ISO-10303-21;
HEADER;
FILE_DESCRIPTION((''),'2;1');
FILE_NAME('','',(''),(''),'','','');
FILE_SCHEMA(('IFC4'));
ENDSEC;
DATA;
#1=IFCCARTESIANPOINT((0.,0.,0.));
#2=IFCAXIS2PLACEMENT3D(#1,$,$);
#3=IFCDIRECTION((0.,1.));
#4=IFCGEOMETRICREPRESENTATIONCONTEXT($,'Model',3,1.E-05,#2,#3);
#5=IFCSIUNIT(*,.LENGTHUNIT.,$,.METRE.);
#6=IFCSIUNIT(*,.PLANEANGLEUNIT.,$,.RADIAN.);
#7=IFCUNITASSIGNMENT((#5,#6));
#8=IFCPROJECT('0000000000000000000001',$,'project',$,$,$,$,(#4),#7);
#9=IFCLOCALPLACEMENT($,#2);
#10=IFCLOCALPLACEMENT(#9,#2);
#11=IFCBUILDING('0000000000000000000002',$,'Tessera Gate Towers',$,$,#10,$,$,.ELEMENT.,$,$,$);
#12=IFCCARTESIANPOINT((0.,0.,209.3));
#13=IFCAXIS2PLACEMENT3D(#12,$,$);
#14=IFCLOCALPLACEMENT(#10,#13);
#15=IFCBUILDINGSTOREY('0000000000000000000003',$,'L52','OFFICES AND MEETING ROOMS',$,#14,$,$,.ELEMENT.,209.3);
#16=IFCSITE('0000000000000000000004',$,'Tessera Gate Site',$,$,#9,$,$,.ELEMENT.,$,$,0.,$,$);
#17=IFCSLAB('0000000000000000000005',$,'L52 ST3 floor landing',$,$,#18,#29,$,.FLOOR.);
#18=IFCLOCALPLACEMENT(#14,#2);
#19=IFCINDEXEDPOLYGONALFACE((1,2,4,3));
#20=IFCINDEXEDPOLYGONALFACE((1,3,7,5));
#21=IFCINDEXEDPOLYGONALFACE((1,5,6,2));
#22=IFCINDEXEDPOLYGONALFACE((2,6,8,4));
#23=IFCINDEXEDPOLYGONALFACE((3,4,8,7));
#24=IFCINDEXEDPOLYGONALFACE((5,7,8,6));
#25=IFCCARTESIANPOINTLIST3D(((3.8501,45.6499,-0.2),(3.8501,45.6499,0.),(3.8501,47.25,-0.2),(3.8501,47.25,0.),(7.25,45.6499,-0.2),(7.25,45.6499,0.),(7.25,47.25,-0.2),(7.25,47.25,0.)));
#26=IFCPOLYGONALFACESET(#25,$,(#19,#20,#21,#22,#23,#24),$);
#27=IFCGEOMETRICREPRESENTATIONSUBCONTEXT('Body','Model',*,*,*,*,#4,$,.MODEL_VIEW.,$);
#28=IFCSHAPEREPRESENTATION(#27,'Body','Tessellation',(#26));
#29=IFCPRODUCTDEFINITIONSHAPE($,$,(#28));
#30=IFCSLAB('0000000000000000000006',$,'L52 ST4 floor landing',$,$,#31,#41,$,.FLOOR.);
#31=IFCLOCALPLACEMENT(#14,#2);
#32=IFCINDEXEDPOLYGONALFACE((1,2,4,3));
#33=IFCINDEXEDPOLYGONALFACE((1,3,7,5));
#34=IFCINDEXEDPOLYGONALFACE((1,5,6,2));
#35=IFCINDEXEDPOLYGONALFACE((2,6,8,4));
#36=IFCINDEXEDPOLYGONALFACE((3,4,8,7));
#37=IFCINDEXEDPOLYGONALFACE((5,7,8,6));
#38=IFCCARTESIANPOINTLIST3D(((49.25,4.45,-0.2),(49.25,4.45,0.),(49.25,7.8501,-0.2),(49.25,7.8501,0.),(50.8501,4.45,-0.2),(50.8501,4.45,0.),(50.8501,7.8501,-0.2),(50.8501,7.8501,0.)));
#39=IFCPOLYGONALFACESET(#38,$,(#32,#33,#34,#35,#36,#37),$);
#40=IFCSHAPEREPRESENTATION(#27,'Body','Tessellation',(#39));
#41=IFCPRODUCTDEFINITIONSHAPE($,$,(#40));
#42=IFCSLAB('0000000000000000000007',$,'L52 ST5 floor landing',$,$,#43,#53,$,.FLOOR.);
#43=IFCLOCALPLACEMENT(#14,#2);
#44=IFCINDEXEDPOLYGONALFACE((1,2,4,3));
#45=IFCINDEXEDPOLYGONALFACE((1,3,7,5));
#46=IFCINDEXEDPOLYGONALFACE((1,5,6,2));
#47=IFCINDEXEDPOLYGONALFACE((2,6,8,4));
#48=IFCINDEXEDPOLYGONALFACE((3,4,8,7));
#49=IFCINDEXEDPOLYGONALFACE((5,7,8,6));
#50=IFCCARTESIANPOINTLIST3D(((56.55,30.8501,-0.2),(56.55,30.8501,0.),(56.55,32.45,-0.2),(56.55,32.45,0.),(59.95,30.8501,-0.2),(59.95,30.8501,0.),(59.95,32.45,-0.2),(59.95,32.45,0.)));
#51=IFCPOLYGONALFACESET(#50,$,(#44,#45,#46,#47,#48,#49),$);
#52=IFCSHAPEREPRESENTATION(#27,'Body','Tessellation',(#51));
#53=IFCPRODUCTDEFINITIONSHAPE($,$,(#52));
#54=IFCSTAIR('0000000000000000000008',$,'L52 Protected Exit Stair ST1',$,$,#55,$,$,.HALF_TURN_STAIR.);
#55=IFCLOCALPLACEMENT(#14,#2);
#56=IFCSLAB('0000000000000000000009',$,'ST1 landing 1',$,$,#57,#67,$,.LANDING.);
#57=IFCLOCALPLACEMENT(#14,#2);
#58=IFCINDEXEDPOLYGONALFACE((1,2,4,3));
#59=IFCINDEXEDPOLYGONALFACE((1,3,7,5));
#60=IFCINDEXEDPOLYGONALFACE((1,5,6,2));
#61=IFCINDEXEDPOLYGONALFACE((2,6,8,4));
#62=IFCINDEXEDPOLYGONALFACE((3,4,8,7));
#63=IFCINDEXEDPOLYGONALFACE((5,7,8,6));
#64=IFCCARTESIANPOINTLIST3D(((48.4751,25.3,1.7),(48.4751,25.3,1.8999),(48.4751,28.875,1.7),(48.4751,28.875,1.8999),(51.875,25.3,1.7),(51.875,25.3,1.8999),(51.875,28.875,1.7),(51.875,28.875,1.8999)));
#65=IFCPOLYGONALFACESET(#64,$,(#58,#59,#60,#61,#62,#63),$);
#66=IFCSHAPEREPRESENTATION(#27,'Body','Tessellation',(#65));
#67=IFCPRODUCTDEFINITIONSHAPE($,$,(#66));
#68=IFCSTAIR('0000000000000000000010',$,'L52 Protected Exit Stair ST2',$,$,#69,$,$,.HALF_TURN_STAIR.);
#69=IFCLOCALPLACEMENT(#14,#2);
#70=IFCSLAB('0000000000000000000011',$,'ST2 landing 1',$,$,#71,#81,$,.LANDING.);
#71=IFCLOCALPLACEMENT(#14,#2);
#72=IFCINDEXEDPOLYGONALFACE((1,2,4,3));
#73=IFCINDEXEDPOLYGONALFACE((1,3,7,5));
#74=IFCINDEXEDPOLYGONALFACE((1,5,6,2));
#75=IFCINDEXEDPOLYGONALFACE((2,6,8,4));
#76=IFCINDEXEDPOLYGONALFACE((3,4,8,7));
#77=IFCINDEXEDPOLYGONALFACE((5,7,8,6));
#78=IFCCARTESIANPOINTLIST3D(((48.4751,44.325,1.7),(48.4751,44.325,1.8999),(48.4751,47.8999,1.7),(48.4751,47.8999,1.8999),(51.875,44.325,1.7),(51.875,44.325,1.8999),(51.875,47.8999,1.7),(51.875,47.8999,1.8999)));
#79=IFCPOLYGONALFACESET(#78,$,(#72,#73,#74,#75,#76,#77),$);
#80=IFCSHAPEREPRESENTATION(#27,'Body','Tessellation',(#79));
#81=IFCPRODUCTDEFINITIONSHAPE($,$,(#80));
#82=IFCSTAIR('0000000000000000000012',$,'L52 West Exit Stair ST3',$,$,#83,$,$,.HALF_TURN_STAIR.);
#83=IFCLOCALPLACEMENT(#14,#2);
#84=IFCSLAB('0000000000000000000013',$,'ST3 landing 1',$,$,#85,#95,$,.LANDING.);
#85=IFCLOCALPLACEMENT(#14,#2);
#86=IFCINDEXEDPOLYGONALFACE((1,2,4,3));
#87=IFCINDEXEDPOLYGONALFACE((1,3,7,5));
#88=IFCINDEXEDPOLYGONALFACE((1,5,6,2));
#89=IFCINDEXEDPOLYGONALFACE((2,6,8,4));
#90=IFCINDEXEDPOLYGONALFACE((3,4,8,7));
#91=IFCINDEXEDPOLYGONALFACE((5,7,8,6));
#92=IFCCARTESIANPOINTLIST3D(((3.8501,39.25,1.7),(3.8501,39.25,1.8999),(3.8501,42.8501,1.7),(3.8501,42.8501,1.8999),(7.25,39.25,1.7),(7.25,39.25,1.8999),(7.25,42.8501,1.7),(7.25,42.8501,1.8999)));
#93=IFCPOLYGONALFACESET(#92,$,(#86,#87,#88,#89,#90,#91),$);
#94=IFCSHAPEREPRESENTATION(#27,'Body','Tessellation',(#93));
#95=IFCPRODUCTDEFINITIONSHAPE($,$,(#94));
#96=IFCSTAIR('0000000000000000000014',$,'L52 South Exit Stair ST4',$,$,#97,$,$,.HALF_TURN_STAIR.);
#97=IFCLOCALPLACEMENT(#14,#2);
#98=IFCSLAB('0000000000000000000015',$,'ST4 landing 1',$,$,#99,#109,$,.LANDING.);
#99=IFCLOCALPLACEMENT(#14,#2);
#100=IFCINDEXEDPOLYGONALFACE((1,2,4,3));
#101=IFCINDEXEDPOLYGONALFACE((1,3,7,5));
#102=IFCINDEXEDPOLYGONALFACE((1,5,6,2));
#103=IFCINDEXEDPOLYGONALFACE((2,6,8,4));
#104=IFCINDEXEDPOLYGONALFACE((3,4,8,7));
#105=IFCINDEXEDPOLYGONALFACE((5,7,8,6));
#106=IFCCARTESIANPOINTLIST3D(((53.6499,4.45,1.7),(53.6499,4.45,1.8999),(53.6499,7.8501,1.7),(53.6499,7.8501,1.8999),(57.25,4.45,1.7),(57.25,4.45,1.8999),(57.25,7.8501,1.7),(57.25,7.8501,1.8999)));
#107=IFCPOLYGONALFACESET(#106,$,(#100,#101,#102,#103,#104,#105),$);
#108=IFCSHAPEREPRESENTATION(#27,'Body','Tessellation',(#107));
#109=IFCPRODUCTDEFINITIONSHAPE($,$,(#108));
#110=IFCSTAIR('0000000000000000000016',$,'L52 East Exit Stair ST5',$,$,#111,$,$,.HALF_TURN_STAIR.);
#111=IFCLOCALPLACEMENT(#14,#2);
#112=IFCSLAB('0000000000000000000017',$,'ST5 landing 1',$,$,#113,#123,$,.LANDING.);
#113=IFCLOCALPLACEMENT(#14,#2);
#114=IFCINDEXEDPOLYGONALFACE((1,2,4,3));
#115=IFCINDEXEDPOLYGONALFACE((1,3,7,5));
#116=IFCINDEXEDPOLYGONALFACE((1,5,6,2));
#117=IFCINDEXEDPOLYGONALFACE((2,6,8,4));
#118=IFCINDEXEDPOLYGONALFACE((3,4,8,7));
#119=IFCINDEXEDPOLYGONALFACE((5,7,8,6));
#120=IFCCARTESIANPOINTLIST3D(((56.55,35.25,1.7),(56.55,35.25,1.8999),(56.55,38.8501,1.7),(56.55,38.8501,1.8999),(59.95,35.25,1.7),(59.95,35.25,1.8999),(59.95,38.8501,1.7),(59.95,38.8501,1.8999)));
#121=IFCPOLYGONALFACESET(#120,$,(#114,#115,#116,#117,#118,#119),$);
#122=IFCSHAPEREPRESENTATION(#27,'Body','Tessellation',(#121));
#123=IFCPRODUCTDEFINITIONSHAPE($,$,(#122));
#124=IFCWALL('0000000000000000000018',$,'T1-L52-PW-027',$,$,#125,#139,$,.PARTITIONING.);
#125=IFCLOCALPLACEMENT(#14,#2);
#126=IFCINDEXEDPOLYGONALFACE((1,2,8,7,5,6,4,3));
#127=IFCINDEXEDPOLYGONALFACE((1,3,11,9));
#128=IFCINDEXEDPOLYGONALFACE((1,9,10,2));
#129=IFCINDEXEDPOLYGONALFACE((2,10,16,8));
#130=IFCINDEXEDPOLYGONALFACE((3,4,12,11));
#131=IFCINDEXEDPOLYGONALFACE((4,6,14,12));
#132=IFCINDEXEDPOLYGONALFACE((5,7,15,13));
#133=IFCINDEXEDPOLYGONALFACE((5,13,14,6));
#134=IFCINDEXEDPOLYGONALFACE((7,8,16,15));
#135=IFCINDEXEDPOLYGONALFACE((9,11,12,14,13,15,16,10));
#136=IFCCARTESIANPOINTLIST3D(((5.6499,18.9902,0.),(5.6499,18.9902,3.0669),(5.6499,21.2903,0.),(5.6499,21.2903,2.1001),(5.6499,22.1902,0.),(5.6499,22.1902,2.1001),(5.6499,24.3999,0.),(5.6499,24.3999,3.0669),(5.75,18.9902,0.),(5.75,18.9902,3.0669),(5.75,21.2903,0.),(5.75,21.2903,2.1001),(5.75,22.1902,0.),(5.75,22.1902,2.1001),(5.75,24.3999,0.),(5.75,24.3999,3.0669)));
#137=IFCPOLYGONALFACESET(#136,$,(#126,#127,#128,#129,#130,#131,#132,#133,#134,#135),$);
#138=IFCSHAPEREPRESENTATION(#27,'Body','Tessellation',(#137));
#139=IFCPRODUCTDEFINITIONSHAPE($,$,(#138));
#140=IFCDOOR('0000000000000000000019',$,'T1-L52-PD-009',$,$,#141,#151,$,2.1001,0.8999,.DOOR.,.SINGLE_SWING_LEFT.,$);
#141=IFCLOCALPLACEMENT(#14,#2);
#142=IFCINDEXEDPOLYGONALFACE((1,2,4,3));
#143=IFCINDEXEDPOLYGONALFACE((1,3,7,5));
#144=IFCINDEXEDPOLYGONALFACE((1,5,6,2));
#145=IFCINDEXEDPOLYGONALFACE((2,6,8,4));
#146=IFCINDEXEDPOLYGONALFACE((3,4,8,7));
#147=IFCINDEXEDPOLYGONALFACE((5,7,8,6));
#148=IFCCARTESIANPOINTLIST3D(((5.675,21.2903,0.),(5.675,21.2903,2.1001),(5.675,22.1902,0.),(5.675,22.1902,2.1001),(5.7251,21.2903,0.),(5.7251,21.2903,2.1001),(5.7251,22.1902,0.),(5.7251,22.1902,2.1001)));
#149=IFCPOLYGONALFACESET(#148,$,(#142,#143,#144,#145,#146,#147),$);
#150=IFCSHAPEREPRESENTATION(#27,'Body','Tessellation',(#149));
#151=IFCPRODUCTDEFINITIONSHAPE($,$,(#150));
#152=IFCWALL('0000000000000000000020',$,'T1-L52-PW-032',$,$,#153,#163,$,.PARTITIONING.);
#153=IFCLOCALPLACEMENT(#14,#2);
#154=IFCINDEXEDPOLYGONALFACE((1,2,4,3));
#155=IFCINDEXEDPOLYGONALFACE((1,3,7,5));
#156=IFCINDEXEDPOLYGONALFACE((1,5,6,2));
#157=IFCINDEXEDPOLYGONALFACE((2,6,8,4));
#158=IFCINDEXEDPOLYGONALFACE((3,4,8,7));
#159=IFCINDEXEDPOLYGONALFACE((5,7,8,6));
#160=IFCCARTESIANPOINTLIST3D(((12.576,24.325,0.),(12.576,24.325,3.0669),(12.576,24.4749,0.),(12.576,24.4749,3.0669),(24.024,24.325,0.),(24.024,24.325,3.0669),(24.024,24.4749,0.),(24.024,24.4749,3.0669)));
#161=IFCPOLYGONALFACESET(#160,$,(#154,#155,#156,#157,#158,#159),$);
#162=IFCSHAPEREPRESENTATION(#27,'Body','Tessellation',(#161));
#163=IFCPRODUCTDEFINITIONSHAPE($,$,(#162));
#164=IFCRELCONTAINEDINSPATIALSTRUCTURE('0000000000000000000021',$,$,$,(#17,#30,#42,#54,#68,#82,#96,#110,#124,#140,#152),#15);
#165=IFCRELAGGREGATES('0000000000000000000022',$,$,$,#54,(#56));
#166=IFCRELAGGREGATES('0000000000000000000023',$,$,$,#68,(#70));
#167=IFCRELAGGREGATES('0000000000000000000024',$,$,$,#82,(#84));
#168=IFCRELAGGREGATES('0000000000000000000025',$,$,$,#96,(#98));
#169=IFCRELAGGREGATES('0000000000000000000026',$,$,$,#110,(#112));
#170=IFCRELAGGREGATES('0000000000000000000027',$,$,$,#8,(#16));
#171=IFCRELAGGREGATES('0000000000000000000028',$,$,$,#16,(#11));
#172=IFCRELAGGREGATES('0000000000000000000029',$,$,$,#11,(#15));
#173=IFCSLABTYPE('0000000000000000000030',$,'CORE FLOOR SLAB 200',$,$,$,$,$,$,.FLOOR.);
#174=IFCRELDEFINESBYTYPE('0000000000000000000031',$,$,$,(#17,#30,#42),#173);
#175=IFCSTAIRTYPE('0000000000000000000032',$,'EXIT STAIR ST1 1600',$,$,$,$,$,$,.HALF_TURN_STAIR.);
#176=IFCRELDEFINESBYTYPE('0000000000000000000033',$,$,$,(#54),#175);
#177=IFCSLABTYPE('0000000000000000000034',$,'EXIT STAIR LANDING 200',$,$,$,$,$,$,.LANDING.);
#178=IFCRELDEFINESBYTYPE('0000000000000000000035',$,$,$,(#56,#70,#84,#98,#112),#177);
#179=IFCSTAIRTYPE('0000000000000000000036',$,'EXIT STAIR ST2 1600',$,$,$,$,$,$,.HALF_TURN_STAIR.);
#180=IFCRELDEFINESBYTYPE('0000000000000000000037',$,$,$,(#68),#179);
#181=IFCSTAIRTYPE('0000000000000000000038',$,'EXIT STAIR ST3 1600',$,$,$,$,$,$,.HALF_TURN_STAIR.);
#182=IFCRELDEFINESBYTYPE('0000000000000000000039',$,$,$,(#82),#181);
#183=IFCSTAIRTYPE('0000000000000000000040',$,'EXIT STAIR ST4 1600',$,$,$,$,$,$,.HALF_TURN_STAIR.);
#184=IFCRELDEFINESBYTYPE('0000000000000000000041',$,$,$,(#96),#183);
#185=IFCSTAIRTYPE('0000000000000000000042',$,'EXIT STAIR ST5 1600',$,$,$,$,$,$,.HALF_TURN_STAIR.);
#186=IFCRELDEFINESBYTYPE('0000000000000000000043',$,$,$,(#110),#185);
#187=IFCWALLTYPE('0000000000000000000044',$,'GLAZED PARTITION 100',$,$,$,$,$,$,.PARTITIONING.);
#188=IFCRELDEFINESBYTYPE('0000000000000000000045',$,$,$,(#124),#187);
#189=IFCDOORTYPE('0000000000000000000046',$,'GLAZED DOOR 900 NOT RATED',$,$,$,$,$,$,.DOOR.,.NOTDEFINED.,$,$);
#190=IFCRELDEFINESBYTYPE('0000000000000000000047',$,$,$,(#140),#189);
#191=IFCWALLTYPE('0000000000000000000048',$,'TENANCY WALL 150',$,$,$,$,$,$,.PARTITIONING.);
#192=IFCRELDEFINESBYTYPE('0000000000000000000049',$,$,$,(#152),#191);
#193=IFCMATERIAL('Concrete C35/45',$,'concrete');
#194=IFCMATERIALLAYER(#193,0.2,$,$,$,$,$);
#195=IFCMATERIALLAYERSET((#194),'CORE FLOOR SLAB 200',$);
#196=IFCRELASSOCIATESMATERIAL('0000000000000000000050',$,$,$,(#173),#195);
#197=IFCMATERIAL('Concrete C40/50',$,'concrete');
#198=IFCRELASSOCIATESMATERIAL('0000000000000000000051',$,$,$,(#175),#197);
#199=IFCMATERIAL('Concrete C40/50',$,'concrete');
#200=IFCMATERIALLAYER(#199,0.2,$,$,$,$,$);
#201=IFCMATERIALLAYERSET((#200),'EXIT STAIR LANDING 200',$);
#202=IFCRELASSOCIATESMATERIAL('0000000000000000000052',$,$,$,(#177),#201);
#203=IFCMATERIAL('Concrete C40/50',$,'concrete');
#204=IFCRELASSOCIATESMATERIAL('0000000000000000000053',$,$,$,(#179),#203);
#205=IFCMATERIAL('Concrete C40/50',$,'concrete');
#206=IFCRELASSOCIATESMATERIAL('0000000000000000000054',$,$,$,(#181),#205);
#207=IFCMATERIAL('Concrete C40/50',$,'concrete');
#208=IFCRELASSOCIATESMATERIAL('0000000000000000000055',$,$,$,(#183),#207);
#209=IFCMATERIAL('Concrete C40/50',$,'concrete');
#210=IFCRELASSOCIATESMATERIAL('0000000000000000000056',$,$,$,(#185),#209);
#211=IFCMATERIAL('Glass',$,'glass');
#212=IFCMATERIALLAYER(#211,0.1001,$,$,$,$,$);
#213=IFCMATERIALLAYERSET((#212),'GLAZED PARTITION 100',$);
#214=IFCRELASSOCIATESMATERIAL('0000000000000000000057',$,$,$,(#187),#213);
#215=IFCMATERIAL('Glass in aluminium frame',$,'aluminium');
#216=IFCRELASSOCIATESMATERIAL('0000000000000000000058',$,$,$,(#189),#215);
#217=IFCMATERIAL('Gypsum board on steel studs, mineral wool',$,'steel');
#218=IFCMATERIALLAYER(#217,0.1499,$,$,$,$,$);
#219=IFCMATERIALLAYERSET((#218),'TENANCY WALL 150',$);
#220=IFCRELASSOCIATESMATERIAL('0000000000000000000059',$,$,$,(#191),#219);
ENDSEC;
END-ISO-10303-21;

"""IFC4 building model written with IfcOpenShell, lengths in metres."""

from ifc_helpers import new_model, si_unit, direction, frame, frame_2d, origin, place, context, subcontext, project, spatial, polyline, rectangle, outline, extrude, source, transform, mapped, material, layer, layer_set, type_object, element, fill, aggregate, save


model = new_model("IFC4")

# Units and contexts
model_context = context("Model", 3, precision=1e-05, world=origin(), true_north=direction((0.0, 1.0)))
body_context = subcontext(model_context, "Body", "Model", "MODEL_VIEW")
ifc_project = project(units=[si_unit("LENGTHUNIT", "METRE"), si_unit("PLANEANGLEUNIT", "RADIAN")], contexts=[model_context])

# Site, building, storey
site_placement = place(None, origin())
site = spatial("IfcSite", under=ifc_project, at=site_placement, Name="Tessera Gate Site", CompositionType="ELEMENT", RefElevation=0.0)
building_placement = place(site_placement, origin())
building = spatial("IfcBuilding", under=site, at=building_placement, Name="Tessera Gate Towers", CompositionType="ELEMENT")
storey_placement = place(building_placement, frame((0.0, 0.0, 209.3)))
storey = spatial("IfcBuildingStorey", under=building, at=storey_placement, Name="L52", Description="OFFICES AND MEETING ROOMS", CompositionType="ELEMENT", Elevation=209.3)

# Slabs
ifc_material_1 = material(Name="Concrete C35/45", Category="concrete")
ifc_layer_1 = layer(ifc_material_1, 0.2)
ifc_layer_set_1 = layer_set([ifc_layer_1], Name="CORE FLOOR SLAB 200")
slab_type_1 = type_object("IfcSlabType", Name="CORE FLOOR SLAB 200", PredefinedType="FLOOR", material=ifc_layer_set_1)
slab_1_placement = place(storey_placement, frame((0.0, 0.0, -0.2)))
element("IfcSlab", 1, at=slab_1_placement, inside=storey, type_object=slab_type_1, Name="L52 ST3 floor landing", PredefinedType="FLOOR", context=body_context, shape_type="SweptSolid", body=[
    extrude(outline(polyline([(3.8501, 47.25), (3.8501, 45.6499), (7.25, 45.6499), (7.25, 47.25), (3.8501, 47.25)])), origin(), (0.0, 0.0, 1.0), 0.2),
])
slab_2_placement = place(storey_placement, frame((0.0, 0.0, -0.2)))
element("IfcSlab", 2, at=slab_2_placement, inside=storey, type_object=slab_type_1, Name="L52 ST4 floor landing", PredefinedType="FLOOR", context=body_context, shape_type="SweptSolid", body=[
    extrude(outline(polyline([(49.25, 4.45), (50.8501, 4.45), (50.8501, 7.8501), (49.25, 7.8501), (49.25, 4.45)])), origin(), (0.0, 0.0, 1.0), 0.2),
])
slab_3_placement = place(storey_placement, frame((0.0, 0.0, -0.2)))
element("IfcSlab", 3, at=slab_3_placement, inside=storey, type_object=slab_type_1, Name="L52 ST5 floor landing", PredefinedType="FLOOR", context=body_context, shape_type="SweptSolid", body=[
    extrude(outline(polyline([(59.95, 30.8501), (59.95, 32.45), (56.55, 32.45), (56.55, 30.8501), (59.95, 30.8501)])), origin(), (0.0, 0.0, 1.0), 0.2),
])

# Stairs, slabs
ifc_material_2 = material(Name="Concrete C40/50", Category="concrete")
stair_type_1 = type_object("IfcStairType", Name="EXIT STAIR ST1 1600", PredefinedType="HALF_TURN_STAIR", material=ifc_material_2)
stair_1_placement = place(storey_placement, origin())
stair_1 = element("IfcStair", 4, at=stair_1_placement, inside=storey, type_object=stair_type_1, Name="L52 Protected Exit Stair ST1", PredefinedType="HALF_TURN_STAIR")
ifc_material_3 = material(Name="Concrete C40/50", Category="concrete")
ifc_layer_2 = layer(ifc_material_3, 0.2)
ifc_layer_set_2 = layer_set([ifc_layer_2], Name="EXIT STAIR LANDING 200")
slab_type_2 = type_object("IfcSlabType", Name="EXIT STAIR LANDING 200", PredefinedType="LANDING", material=ifc_layer_set_2)
slab_4_placement = place(storey_placement, frame((0.0, 0.0, 1.7)))
slab_4 = element("IfcSlab", 5, at=slab_4_placement, type_object=slab_type_2, Name="ST1 landing 1", PredefinedType="LANDING", context=body_context, shape_type="SweptSolid", body=[
    extrude(outline(polyline([(48.4751, 28.875), (48.4751, 25.3), (51.875, 25.3), (51.875, 28.875), (48.4751, 28.875)])), origin(), (0.0, 0.0, 1.0), 0.2),
])
aggregate(stair_1, [slab_4])
ifc_material_4 = material(Name="Concrete C40/50", Category="concrete")
stair_type_2 = type_object("IfcStairType", Name="EXIT STAIR ST2 1600", PredefinedType="HALF_TURN_STAIR", material=ifc_material_4)
stair_2_placement = place(storey_placement, origin())
stair_2 = element("IfcStair", 6, at=stair_2_placement, inside=storey, type_object=stair_type_2, Name="L52 Protected Exit Stair ST2", PredefinedType="HALF_TURN_STAIR")
slab_5_placement = place(storey_placement, frame((0.0, 0.0, 1.7)))
slab_5 = element("IfcSlab", 7, at=slab_5_placement, type_object=slab_type_2, Name="ST2 landing 1", PredefinedType="LANDING", context=body_context, shape_type="SweptSolid", body=[
    extrude(outline(polyline([(51.875, 44.325), (51.875, 47.8999), (48.4751, 47.8999), (48.4751, 44.325), (51.875, 44.325)])), origin(), (0.0, 0.0, 1.0), 0.2),
])
aggregate(stair_2, [slab_5])
ifc_material_5 = material(Name="Concrete C40/50", Category="concrete")
stair_type_3 = type_object("IfcStairType", Name="EXIT STAIR ST3 1600", PredefinedType="HALF_TURN_STAIR", material=ifc_material_5)
stair_3_placement = place(storey_placement, origin())
stair_3 = element("IfcStair", 8, at=stair_3_placement, inside=storey, type_object=stair_type_3, Name="L52 West Exit Stair ST3", PredefinedType="HALF_TURN_STAIR")
slab_6_placement = place(storey_placement, frame((0.0, 0.0, 1.7)))
slab_6 = element("IfcSlab", 9, at=slab_6_placement, type_object=slab_type_2, Name="ST3 landing 1", PredefinedType="LANDING", context=body_context, shape_type="SweptSolid", body=[
    extrude(outline(polyline([(3.8501, 42.8501), (3.8501, 39.25), (7.25, 39.25), (7.25, 42.8501), (3.8501, 42.8501)])), origin(), (0.0, 0.0, 1.0), 0.2),
])
aggregate(stair_3, [slab_6])
ifc_material_6 = material(Name="Concrete C40/50", Category="concrete")
stair_type_4 = type_object("IfcStairType", Name="EXIT STAIR ST4 1600", PredefinedType="HALF_TURN_STAIR", material=ifc_material_6)
stair_4_placement = place(storey_placement, origin())
stair_4 = element("IfcStair", 10, at=stair_4_placement, inside=storey, type_object=stair_type_4, Name="L52 South Exit Stair ST4", PredefinedType="HALF_TURN_STAIR")
slab_7_placement = place(storey_placement, frame((0.0, 0.0, 1.7)))
slab_7 = element("IfcSlab", 11, at=slab_7_placement, type_object=slab_type_2, Name="ST4 landing 1", PredefinedType="LANDING", context=body_context, shape_type="SweptSolid", body=[
    extrude(outline(polyline([(53.6499, 4.45), (57.25, 4.45), (57.25, 7.8501), (53.6499, 7.8501), (53.6499, 4.45)])), origin(), (0.0, 0.0, 1.0), 0.2),
])
aggregate(stair_4, [slab_7])
ifc_material_7 = material(Name="Concrete C40/50", Category="concrete")
stair_type_5 = type_object("IfcStairType", Name="EXIT STAIR ST5 1600", PredefinedType="HALF_TURN_STAIR", material=ifc_material_7)
stair_5_placement = place(storey_placement, origin())
stair_5 = element("IfcStair", 12, at=stair_5_placement, inside=storey, type_object=stair_type_5, Name="L52 East Exit Stair ST5", PredefinedType="HALF_TURN_STAIR")
slab_8_placement = place(storey_placement, frame((0.0, 0.0, 1.7)))
slab_8 = element("IfcSlab", 13, at=slab_8_placement, type_object=slab_type_2, Name="ST5 landing 1", PredefinedType="LANDING", context=body_context, shape_type="SweptSolid", body=[
    extrude(outline(polyline([(59.95, 35.25), (59.95, 38.8501), (56.55, 38.8501), (56.55, 35.25), (59.95, 35.25)])), origin(), (0.0, 0.0, 1.0), 0.2),
])
aggregate(stair_5, [slab_8])

# Wall, opening, door
ifc_material_8 = material(Name="Glass", Category="glass")
ifc_layer_3 = layer(ifc_material_8, 0.1001)
ifc_layer_set_3 = layer_set([ifc_layer_3], Name="GLAZED PARTITION 100")
wall_type_1 = type_object("IfcWallType", Name="GLAZED PARTITION 100", PredefinedType="PARTITIONING", material=ifc_layer_set_3)
wall_1_placement = place(storey_placement, frame((5.7, 18.9902, 0.0), z_axis=(0.0, 0.0, 1.0), x_axis=(0.0, 1.0, 0.0)))
wall_1 = element("IfcWall", 14, at=wall_1_placement, inside=storey, type_object=wall_type_1, Name="T1-L52-PW-027", PredefinedType="PARTITIONING", context=body_context, shape_type="SweptSolid", body=[
    extrude(rectangle(XDim=5.4097, YDim=0.1001, at=frame_2d((2.7048, 0.0))), origin(), (0.0, 0.0, 1.0), 3.0669),
])
shared_shape_1 = source(origin(), body_context, "Body", "SweptSolid", [
    extrude(rectangle(XDim=0.8999, YDim=2.1001, at=frame_2d((0.45, 1.05))), frame((0.0, 0.0601, 0.0), z_axis=(0.0, -1.0, 0.0), x_axis=(1.0, 0.0, 0.0)), (0.0, 0.0, 1.0), 0.1201),
])
opening_1_placement = place(wall_1_placement, frame((2.3, 0.0, 0.0)))
opening_1 = element("IfcOpeningElement", 15, at=opening_1_placement, cuts=wall_1, PredefinedType="OPENING", context=body_context, shape_type="MappedRepresentation", body=[
    mapped(shared_shape_1, transform((0.0, 0.0, 0.0), scale=1.0)),
])
ifc_material_9 = material(Name="Glass in aluminium frame", Category="aluminium")
door_type_1 = type_object("IfcDoorType", Name="GLAZED DOOR 900 NOT RATED", OperationType="NOTDEFINED", PredefinedType="DOOR", material=ifc_material_9)
shared_shape_2 = source(origin(), body_context, "Body", "SweptSolid", [
    extrude(rectangle(XDim=0.8999, YDim=2.1001, at=frame_2d((0.45, 1.05))), frame((0.0, 0.0249, 0.0), z_axis=(0.0, -1.0, 0.0), x_axis=(1.0, 0.0, 0.0)), (0.0, 0.0, 1.0), 0.05),
])
door_1_placement = place(opening_1_placement, origin())
door_1 = element("IfcDoor", 16, at=door_1_placement, inside=storey, type_object=door_type_1, Name="T1-L52-PD-009", OperationType="SINGLE_SWING_LEFT", OverallHeight=2.1001, OverallWidth=0.8999, PredefinedType="DOOR", context=body_context, shape_type="MappedRepresentation", body=[
    mapped(shared_shape_2, transform((0.0, 0.0, 0.0), scale=1.0)),
])
fill(opening_1, door_1)

# Wall
ifc_material_10 = material(Name="Gypsum board on steel studs, mineral wool", Category="steel")
ifc_layer_4 = layer(ifc_material_10, 0.1499)
ifc_layer_set_4 = layer_set([ifc_layer_4], Name="TENANCY WALL 150")
wall_type_2 = type_object("IfcWallType", Name="TENANCY WALL 150", PredefinedType="PARTITIONING", material=ifc_layer_set_4)
wall_2_placement = place(storey_placement, frame((12.5759, 24.3999, 0.0), z_axis=(0.0, 0.0, 1.0), x_axis=(1.0, 0.0, 0.0)))
element("IfcWall", 17, at=wall_2_placement, inside=storey, type_object=wall_type_2, Name="T1-L52-PW-032", PredefinedType="PARTITIONING", context=body_context, shape_type="SweptSolid", body=[
    extrude(rectangle(XDim=11.448, YDim=0.1499, at=frame_2d((5.7241, 0.0))), origin(), (0.0, 0.0, 1.0), 3.0669),
])

save(model, "model.ifc")
